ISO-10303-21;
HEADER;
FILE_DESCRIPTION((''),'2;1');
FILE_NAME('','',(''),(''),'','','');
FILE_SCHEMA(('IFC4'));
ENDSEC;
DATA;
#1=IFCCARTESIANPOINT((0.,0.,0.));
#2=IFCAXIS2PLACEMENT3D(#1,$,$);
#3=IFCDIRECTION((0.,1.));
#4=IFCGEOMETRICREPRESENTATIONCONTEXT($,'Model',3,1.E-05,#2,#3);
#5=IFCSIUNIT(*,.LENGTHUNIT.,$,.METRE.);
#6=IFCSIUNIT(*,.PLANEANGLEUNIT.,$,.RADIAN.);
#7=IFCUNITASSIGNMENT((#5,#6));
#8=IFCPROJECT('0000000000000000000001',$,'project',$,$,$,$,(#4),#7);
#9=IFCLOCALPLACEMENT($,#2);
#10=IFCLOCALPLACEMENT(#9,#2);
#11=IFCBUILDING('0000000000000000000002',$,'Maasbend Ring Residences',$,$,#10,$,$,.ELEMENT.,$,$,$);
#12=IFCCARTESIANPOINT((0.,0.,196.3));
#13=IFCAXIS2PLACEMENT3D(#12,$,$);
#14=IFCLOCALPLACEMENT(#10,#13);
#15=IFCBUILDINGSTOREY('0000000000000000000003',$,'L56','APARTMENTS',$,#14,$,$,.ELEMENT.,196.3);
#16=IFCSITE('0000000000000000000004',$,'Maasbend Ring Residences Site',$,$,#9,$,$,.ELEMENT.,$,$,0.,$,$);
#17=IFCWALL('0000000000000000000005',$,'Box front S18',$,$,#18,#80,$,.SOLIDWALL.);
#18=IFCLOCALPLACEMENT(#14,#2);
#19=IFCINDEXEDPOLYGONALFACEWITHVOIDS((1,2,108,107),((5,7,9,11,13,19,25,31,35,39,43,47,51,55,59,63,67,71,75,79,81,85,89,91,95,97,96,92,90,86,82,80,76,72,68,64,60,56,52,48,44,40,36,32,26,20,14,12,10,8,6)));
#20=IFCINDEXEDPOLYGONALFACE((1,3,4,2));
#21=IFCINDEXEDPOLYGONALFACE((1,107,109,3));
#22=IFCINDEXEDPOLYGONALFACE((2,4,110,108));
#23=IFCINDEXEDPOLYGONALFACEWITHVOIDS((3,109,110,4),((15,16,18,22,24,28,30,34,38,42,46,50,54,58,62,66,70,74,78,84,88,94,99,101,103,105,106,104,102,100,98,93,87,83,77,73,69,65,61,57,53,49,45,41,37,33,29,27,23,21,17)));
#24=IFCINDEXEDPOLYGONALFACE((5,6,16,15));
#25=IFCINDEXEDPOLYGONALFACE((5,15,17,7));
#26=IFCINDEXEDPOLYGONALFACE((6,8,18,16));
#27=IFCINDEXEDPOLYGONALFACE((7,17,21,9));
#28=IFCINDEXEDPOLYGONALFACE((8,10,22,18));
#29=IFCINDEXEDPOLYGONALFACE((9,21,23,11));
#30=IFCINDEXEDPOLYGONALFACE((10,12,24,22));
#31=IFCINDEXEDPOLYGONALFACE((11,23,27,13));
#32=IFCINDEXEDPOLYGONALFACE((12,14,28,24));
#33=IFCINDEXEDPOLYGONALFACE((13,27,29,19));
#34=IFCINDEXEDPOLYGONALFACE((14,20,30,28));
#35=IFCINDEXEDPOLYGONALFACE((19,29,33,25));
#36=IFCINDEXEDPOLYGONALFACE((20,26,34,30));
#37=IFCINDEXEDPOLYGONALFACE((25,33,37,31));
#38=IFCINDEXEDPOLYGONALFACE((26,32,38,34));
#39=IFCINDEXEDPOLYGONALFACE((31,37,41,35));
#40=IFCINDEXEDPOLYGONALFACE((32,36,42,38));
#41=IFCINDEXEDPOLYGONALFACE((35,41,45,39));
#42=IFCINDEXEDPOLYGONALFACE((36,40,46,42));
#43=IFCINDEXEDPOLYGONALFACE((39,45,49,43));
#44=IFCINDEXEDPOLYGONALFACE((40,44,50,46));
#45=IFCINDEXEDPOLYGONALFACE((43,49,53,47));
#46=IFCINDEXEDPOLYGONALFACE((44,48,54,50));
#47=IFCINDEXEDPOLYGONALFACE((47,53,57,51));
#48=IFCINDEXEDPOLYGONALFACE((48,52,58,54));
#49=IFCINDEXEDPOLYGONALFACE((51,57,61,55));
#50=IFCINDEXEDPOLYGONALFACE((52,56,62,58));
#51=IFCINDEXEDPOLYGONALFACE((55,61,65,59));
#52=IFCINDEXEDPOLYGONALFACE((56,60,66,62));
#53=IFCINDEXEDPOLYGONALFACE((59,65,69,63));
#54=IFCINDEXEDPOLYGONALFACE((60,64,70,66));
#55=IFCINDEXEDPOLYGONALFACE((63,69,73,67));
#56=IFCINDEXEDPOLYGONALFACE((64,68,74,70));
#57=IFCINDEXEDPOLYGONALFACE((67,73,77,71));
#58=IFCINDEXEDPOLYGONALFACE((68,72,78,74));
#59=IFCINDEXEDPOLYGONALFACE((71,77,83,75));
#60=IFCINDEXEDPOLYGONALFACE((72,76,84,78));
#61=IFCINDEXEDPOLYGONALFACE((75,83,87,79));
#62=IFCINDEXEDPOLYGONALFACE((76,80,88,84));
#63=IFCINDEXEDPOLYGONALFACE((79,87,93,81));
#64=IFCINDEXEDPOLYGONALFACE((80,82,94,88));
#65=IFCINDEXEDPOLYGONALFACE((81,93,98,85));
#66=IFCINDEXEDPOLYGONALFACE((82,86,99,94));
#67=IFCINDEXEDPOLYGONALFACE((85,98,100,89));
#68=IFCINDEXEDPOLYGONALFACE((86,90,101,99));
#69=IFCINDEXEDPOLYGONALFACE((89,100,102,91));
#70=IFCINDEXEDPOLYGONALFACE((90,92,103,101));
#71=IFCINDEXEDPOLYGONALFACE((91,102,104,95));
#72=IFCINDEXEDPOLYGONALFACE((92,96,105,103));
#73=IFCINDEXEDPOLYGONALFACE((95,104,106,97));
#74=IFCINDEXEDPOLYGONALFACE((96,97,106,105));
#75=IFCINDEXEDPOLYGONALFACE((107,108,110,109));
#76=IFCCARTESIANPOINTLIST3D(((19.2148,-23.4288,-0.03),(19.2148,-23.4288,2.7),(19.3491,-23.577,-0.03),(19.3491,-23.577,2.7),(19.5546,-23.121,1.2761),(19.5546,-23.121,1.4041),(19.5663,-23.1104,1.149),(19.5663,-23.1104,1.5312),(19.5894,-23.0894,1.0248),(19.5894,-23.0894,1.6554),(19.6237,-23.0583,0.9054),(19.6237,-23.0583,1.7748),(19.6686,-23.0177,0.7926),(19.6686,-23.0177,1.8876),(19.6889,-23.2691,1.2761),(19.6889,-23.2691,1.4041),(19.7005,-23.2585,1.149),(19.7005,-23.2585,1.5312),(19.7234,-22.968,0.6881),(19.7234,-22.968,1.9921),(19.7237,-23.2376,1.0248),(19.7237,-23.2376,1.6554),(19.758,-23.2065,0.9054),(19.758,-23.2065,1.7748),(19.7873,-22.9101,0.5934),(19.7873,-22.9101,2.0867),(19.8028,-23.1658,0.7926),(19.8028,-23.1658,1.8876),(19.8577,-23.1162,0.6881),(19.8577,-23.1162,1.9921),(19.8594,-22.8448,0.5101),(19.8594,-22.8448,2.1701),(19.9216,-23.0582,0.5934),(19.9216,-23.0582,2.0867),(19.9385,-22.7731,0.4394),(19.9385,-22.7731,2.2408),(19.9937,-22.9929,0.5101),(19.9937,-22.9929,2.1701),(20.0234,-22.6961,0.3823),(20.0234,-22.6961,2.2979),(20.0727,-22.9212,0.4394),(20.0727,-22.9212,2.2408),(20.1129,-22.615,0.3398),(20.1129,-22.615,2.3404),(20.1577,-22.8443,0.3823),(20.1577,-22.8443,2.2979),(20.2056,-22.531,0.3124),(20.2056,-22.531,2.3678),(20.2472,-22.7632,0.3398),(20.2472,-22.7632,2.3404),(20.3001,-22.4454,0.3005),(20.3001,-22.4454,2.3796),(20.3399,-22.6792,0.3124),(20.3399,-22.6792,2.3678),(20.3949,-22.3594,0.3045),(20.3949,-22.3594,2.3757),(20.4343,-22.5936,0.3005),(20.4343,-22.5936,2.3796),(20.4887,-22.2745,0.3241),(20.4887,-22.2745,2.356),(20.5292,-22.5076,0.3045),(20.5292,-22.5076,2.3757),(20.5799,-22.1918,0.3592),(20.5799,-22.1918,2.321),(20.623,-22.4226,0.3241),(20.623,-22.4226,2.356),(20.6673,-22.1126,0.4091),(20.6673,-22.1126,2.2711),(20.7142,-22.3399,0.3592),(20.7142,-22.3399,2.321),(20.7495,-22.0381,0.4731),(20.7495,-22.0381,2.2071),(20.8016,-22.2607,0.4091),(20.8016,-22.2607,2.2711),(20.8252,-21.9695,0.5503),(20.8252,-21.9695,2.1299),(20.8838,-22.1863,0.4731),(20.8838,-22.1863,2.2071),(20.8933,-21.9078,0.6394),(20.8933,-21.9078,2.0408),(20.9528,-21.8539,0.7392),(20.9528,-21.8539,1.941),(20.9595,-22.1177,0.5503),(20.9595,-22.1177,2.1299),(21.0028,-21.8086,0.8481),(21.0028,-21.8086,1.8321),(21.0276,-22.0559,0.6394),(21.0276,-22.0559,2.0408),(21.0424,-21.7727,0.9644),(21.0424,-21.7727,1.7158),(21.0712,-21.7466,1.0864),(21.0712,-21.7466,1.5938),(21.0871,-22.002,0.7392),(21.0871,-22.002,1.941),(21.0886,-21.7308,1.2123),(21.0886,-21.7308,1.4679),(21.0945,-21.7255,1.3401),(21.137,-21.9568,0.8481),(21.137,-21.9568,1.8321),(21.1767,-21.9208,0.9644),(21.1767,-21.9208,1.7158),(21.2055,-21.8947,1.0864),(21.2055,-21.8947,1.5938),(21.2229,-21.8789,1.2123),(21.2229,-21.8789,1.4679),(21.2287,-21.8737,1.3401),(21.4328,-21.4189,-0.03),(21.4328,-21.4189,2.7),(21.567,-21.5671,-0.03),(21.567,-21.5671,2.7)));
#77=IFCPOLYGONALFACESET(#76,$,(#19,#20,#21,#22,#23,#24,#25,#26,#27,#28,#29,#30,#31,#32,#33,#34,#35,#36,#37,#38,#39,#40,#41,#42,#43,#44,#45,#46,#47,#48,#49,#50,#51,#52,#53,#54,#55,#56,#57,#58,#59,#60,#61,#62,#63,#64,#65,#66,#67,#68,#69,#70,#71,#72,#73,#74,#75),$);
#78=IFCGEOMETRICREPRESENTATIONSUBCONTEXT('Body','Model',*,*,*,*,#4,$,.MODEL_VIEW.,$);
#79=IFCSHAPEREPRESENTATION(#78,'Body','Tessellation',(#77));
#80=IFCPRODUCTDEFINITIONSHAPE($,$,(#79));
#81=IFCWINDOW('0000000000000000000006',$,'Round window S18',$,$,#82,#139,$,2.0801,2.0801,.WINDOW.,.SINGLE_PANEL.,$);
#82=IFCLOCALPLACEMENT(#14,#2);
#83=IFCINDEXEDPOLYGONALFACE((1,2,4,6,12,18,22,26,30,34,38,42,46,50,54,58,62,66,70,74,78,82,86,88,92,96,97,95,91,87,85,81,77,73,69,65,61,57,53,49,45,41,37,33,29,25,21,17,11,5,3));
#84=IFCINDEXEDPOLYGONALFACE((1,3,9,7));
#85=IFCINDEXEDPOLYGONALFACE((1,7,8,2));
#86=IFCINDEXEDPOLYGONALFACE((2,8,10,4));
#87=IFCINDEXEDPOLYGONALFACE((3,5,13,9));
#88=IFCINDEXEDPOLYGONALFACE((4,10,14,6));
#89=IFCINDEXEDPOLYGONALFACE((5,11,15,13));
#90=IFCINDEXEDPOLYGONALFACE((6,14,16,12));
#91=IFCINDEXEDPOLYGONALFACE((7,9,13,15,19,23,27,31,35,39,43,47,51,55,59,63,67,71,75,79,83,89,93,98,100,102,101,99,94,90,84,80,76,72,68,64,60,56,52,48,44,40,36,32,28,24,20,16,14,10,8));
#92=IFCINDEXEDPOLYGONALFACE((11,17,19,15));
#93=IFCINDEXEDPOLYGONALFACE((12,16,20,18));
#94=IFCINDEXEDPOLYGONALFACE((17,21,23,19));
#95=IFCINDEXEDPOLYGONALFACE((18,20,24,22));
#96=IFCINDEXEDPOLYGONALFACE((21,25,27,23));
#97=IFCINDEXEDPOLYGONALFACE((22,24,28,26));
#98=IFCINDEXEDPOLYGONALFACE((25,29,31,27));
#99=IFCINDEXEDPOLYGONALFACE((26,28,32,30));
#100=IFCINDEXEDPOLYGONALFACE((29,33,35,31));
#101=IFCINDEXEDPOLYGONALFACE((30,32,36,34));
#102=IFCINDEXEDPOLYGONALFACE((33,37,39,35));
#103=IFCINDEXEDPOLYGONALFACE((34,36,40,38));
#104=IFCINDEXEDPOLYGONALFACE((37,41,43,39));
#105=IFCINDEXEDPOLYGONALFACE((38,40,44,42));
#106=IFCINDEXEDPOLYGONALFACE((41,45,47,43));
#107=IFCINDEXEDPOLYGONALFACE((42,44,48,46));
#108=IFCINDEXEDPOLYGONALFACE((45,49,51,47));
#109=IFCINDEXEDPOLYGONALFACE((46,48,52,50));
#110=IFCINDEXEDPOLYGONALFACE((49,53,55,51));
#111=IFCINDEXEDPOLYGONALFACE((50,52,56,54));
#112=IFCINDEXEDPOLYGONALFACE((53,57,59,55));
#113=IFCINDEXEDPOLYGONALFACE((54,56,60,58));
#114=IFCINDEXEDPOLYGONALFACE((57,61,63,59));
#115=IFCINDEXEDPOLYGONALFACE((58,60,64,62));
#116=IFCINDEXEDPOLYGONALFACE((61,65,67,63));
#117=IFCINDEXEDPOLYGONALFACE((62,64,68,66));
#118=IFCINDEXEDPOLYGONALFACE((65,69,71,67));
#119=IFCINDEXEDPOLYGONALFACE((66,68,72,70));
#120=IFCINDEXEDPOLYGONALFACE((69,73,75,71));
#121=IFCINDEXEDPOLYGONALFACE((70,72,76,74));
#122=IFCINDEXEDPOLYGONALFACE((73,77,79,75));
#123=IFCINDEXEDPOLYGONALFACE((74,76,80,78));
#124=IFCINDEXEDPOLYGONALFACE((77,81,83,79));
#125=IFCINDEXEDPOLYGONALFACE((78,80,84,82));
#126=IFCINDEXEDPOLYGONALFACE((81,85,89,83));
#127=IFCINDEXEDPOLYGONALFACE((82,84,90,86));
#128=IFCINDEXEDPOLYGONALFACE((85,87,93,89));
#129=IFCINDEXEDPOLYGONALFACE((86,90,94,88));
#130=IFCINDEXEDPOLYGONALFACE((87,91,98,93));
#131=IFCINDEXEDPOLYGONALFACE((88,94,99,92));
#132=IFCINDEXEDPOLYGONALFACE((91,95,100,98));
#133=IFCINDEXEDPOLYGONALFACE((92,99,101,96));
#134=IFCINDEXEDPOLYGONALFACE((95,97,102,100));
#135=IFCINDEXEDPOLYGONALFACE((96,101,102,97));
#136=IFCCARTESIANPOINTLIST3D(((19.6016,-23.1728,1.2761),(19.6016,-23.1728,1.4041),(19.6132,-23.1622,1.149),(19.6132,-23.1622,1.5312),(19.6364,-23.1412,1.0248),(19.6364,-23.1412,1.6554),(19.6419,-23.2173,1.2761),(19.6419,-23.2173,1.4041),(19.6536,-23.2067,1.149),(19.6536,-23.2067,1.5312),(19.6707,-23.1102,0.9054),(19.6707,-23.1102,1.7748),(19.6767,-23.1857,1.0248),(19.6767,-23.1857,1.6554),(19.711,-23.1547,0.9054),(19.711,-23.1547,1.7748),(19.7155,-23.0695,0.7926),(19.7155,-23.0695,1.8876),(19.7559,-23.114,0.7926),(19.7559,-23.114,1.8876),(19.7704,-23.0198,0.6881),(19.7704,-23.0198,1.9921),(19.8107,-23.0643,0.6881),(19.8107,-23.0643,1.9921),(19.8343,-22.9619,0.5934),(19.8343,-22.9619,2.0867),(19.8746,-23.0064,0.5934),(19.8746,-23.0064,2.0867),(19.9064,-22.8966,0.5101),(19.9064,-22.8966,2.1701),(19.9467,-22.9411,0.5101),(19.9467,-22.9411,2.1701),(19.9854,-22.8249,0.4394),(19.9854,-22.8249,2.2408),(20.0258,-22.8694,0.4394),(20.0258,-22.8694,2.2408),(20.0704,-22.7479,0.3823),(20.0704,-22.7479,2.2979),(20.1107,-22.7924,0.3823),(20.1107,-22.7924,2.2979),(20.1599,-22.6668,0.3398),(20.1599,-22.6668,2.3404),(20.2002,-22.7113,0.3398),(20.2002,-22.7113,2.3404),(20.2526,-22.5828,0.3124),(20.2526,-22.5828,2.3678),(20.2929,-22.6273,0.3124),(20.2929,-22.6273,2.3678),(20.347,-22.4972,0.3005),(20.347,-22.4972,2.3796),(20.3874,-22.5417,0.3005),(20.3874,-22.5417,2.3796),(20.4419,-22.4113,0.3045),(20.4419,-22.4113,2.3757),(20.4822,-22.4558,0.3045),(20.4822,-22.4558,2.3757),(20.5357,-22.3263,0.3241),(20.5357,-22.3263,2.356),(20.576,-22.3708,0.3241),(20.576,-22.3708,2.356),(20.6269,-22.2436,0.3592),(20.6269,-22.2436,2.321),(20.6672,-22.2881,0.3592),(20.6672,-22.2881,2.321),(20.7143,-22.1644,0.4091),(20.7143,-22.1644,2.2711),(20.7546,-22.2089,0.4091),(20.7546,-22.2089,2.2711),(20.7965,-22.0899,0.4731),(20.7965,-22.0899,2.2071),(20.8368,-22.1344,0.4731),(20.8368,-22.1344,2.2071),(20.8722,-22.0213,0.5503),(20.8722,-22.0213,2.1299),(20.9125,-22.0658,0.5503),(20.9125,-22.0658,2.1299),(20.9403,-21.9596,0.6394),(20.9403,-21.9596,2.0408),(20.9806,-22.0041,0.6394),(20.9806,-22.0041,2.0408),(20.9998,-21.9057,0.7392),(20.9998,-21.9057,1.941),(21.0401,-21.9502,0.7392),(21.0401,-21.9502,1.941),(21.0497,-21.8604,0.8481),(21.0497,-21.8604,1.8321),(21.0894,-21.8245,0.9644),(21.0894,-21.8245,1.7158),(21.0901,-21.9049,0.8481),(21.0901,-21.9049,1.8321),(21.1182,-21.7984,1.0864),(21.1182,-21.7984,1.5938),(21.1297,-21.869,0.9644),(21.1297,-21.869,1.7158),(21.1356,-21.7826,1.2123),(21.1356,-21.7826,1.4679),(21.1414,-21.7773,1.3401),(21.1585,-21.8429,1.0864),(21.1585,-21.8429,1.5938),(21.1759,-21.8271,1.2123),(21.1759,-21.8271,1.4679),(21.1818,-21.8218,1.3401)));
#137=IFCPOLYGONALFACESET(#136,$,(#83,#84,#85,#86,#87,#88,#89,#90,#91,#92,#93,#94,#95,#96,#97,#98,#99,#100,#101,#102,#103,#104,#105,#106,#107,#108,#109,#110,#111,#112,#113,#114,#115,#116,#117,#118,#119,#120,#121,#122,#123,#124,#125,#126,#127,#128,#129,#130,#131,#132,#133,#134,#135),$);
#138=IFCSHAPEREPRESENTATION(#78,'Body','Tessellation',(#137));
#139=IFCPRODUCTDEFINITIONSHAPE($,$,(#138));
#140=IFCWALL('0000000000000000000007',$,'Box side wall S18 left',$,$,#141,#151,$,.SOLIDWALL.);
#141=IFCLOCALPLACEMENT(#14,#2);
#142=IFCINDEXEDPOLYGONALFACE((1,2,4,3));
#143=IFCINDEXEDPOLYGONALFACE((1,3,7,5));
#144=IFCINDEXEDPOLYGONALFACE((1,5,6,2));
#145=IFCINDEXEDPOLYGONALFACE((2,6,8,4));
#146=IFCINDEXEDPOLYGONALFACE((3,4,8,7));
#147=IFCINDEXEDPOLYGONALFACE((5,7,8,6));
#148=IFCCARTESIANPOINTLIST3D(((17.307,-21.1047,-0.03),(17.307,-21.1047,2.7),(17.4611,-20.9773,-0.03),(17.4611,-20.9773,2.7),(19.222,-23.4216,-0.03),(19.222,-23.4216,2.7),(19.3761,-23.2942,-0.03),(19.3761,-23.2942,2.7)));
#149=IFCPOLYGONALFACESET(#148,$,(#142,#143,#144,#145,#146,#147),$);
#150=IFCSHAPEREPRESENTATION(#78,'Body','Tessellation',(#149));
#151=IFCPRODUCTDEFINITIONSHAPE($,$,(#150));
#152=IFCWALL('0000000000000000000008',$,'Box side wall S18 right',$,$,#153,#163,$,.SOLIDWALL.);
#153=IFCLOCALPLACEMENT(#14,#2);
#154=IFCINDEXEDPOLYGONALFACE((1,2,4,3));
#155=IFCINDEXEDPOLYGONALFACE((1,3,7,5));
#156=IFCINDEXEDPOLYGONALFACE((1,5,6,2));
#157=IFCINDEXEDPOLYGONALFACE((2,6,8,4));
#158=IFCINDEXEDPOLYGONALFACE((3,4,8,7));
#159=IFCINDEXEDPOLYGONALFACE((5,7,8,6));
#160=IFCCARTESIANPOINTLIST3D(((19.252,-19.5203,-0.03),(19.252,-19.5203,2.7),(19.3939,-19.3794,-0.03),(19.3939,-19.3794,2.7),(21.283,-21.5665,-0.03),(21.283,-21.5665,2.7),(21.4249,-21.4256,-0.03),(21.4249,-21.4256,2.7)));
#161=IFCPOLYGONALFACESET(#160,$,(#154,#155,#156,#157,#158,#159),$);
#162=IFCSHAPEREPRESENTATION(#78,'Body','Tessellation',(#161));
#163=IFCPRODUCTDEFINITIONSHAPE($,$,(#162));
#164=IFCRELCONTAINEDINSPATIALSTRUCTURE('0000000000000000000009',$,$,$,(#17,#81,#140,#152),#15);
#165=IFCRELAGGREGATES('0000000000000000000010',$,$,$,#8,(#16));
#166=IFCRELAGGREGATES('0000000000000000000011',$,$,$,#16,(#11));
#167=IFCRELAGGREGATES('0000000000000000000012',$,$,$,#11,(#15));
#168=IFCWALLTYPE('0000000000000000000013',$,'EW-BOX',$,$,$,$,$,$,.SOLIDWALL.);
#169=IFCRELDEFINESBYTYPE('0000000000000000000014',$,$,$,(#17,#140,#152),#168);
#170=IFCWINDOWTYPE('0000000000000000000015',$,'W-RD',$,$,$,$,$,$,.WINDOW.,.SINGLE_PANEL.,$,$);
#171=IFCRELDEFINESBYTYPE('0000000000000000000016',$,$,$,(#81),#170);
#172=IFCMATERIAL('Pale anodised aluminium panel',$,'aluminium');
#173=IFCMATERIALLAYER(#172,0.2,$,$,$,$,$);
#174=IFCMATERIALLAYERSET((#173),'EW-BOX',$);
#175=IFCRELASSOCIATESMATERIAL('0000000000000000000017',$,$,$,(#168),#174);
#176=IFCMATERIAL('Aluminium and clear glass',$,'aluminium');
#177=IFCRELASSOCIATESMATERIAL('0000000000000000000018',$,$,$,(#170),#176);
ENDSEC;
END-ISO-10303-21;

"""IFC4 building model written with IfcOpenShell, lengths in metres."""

from ifc_helpers import new_model, si_unit, direction, frame, frame_2d, origin, place, context, subcontext, project, spatial, rectangle, circle, extrude, material, layer, layer_set, type_object, element, fill, save


model = new_model("IFC4")

# Units and contexts
model_context = context("Model", 3, precision=1e-05, world=origin(), true_north=direction((0.0, 1.0)))
body_context = subcontext(model_context, "Body", "Model", "MODEL_VIEW")
ifc_project = project(units=[si_unit("LENGTHUNIT", "METRE"), si_unit("PLANEANGLEUNIT", "RADIAN")], contexts=[model_context])

# Site, building, storey
site_placement = place(None, origin())
site = spatial("IfcSite", under=ifc_project, at=site_placement, Name="Maasbend Ring Residences Site", CompositionType="ELEMENT", RefElevation=0.0)
building_placement = place(site_placement, origin())
building = spatial("IfcBuilding", under=site, at=building_placement, Name="Maasbend Ring Residences", CompositionType="ELEMENT")
storey_placement = place(building_placement, frame((0.0, 0.0, 196.3)))
storey = spatial("IfcBuildingStorey", under=building, at=storey_placement, Name="L56", Description="APARTMENTS", CompositionType="ELEMENT", Elevation=196.3)

# Shared definitions
ifc_material_1 = material(Name="Pale anodised aluminium panel", Category="aluminium")
ifc_layer_1 = layer(ifc_material_1, 0.2)
ifc_layer_set_1 = layer_set([ifc_layer_1], Name="EW-BOX")
wall_type_1 = type_object("IfcWallType", Name="EW-BOX", PredefinedType="SOLIDWALL", material=ifc_layer_set_1)
ifc_material_2 = material(Name="Aluminium and clear glass", Category="aluminium")
window_type_1 = type_object("IfcWindowType", Name="W-RD", PartitioningType="SINGLE_PANEL", PredefinedType="WINDOW", material=ifc_material_2)

# Wall, opening, window
wall_1_placement = place(storey_placement, frame((19.282, -23.5029, -0.03), z_axis=(0.0, 0.0, 1.0), x_axis=(0.740998, 0.671507, 0.0)))
wall_1 = element("IfcWall", 1, at=wall_1_placement, inside=storey, type_object=wall_type_1, Name="Box front S18", PredefinedType="SOLIDWALL", context=body_context, shape_type="SweptSolid", body=[
    extrude(rectangle(XDim=2.9932, YDim=0.2, at=frame_2d((1.4966, 0.0))), origin(), (0.0, 0.0, 1.0), 2.73),
])
opening_1_placement = place(wall_1_placement, frame((0.4565, 0.0, 0.3301)))
opening_1 = element("IfcOpeningElement", 2, at=opening_1_placement, cuts=wall_1, PredefinedType="OPENING", context=body_context, shape_type="SweptSolid", body=[
    extrude(circle(Radius=1.04, at=frame_2d((1.04, 1.04))), frame((0.0, 0.1099, 0.0), z_axis=(0.0, -1.0, 0.0), x_axis=(1.0, 0.0, 0.0)), (0.0, 0.0, 1.0), 0.22),
])
window_1_placement = place(opening_1_placement, origin())
window_1 = element("IfcWindow", 3, at=window_1_placement, inside=storey, type_object=window_type_1, Name="Round window S18", OverallHeight=2.0801, OverallWidth=2.0801, PartitioningType="SINGLE_PANEL", PredefinedType="WINDOW", context=body_context, shape_type="SweptSolid", body=[
    extrude(circle(Radius=1.04, at=frame_2d((1.04, 1.04))), frame((0.0, 0.03, 0.0), z_axis=(0.0, -1.0, 0.0), x_axis=(1.0, 0.0, 0.0)), (0.0, 0.0, 1.0), 0.0601),
])
fill(opening_1, window_1)

# Walls
wall_2_placement = place(storey_placement, frame((17.384, -21.041, -0.03), z_axis=(0.0, 0.0, 1.0), x_axis=(0.637096, -0.770785, 0.0)))
element("IfcWall", 4, at=wall_2_placement, inside=storey, type_object=wall_type_1, Name="Box side wall S18 left", PredefinedType="SOLIDWALL", context=body_context, shape_type="SweptSolid", body=[
    extrude(rectangle(XDim=3.0059, YDim=0.2, at=frame_2d((1.5029, 0.0))), origin(), (0.0, 0.0, 1.0), 2.73),
])
wall_3_placement = place(storey_placement, frame((19.323, -19.45, -0.03), z_axis=(0.0, 0.0, 1.0), x_axis=(0.704477, -0.709727, 0.0)))
element("IfcWall", 5, at=wall_3_placement, inside=storey, type_object=wall_type_1, Name="Box side wall S18 right", PredefinedType="SOLIDWALL", context=body_context, shape_type="SweptSolid", body=[
    extrude(rectangle(XDim=2.8831, YDim=0.2, at=frame_2d((1.4414, 0.0))), origin(), (0.0, 0.0, 1.0), 2.73),
])

save(model, "model.ifc")
